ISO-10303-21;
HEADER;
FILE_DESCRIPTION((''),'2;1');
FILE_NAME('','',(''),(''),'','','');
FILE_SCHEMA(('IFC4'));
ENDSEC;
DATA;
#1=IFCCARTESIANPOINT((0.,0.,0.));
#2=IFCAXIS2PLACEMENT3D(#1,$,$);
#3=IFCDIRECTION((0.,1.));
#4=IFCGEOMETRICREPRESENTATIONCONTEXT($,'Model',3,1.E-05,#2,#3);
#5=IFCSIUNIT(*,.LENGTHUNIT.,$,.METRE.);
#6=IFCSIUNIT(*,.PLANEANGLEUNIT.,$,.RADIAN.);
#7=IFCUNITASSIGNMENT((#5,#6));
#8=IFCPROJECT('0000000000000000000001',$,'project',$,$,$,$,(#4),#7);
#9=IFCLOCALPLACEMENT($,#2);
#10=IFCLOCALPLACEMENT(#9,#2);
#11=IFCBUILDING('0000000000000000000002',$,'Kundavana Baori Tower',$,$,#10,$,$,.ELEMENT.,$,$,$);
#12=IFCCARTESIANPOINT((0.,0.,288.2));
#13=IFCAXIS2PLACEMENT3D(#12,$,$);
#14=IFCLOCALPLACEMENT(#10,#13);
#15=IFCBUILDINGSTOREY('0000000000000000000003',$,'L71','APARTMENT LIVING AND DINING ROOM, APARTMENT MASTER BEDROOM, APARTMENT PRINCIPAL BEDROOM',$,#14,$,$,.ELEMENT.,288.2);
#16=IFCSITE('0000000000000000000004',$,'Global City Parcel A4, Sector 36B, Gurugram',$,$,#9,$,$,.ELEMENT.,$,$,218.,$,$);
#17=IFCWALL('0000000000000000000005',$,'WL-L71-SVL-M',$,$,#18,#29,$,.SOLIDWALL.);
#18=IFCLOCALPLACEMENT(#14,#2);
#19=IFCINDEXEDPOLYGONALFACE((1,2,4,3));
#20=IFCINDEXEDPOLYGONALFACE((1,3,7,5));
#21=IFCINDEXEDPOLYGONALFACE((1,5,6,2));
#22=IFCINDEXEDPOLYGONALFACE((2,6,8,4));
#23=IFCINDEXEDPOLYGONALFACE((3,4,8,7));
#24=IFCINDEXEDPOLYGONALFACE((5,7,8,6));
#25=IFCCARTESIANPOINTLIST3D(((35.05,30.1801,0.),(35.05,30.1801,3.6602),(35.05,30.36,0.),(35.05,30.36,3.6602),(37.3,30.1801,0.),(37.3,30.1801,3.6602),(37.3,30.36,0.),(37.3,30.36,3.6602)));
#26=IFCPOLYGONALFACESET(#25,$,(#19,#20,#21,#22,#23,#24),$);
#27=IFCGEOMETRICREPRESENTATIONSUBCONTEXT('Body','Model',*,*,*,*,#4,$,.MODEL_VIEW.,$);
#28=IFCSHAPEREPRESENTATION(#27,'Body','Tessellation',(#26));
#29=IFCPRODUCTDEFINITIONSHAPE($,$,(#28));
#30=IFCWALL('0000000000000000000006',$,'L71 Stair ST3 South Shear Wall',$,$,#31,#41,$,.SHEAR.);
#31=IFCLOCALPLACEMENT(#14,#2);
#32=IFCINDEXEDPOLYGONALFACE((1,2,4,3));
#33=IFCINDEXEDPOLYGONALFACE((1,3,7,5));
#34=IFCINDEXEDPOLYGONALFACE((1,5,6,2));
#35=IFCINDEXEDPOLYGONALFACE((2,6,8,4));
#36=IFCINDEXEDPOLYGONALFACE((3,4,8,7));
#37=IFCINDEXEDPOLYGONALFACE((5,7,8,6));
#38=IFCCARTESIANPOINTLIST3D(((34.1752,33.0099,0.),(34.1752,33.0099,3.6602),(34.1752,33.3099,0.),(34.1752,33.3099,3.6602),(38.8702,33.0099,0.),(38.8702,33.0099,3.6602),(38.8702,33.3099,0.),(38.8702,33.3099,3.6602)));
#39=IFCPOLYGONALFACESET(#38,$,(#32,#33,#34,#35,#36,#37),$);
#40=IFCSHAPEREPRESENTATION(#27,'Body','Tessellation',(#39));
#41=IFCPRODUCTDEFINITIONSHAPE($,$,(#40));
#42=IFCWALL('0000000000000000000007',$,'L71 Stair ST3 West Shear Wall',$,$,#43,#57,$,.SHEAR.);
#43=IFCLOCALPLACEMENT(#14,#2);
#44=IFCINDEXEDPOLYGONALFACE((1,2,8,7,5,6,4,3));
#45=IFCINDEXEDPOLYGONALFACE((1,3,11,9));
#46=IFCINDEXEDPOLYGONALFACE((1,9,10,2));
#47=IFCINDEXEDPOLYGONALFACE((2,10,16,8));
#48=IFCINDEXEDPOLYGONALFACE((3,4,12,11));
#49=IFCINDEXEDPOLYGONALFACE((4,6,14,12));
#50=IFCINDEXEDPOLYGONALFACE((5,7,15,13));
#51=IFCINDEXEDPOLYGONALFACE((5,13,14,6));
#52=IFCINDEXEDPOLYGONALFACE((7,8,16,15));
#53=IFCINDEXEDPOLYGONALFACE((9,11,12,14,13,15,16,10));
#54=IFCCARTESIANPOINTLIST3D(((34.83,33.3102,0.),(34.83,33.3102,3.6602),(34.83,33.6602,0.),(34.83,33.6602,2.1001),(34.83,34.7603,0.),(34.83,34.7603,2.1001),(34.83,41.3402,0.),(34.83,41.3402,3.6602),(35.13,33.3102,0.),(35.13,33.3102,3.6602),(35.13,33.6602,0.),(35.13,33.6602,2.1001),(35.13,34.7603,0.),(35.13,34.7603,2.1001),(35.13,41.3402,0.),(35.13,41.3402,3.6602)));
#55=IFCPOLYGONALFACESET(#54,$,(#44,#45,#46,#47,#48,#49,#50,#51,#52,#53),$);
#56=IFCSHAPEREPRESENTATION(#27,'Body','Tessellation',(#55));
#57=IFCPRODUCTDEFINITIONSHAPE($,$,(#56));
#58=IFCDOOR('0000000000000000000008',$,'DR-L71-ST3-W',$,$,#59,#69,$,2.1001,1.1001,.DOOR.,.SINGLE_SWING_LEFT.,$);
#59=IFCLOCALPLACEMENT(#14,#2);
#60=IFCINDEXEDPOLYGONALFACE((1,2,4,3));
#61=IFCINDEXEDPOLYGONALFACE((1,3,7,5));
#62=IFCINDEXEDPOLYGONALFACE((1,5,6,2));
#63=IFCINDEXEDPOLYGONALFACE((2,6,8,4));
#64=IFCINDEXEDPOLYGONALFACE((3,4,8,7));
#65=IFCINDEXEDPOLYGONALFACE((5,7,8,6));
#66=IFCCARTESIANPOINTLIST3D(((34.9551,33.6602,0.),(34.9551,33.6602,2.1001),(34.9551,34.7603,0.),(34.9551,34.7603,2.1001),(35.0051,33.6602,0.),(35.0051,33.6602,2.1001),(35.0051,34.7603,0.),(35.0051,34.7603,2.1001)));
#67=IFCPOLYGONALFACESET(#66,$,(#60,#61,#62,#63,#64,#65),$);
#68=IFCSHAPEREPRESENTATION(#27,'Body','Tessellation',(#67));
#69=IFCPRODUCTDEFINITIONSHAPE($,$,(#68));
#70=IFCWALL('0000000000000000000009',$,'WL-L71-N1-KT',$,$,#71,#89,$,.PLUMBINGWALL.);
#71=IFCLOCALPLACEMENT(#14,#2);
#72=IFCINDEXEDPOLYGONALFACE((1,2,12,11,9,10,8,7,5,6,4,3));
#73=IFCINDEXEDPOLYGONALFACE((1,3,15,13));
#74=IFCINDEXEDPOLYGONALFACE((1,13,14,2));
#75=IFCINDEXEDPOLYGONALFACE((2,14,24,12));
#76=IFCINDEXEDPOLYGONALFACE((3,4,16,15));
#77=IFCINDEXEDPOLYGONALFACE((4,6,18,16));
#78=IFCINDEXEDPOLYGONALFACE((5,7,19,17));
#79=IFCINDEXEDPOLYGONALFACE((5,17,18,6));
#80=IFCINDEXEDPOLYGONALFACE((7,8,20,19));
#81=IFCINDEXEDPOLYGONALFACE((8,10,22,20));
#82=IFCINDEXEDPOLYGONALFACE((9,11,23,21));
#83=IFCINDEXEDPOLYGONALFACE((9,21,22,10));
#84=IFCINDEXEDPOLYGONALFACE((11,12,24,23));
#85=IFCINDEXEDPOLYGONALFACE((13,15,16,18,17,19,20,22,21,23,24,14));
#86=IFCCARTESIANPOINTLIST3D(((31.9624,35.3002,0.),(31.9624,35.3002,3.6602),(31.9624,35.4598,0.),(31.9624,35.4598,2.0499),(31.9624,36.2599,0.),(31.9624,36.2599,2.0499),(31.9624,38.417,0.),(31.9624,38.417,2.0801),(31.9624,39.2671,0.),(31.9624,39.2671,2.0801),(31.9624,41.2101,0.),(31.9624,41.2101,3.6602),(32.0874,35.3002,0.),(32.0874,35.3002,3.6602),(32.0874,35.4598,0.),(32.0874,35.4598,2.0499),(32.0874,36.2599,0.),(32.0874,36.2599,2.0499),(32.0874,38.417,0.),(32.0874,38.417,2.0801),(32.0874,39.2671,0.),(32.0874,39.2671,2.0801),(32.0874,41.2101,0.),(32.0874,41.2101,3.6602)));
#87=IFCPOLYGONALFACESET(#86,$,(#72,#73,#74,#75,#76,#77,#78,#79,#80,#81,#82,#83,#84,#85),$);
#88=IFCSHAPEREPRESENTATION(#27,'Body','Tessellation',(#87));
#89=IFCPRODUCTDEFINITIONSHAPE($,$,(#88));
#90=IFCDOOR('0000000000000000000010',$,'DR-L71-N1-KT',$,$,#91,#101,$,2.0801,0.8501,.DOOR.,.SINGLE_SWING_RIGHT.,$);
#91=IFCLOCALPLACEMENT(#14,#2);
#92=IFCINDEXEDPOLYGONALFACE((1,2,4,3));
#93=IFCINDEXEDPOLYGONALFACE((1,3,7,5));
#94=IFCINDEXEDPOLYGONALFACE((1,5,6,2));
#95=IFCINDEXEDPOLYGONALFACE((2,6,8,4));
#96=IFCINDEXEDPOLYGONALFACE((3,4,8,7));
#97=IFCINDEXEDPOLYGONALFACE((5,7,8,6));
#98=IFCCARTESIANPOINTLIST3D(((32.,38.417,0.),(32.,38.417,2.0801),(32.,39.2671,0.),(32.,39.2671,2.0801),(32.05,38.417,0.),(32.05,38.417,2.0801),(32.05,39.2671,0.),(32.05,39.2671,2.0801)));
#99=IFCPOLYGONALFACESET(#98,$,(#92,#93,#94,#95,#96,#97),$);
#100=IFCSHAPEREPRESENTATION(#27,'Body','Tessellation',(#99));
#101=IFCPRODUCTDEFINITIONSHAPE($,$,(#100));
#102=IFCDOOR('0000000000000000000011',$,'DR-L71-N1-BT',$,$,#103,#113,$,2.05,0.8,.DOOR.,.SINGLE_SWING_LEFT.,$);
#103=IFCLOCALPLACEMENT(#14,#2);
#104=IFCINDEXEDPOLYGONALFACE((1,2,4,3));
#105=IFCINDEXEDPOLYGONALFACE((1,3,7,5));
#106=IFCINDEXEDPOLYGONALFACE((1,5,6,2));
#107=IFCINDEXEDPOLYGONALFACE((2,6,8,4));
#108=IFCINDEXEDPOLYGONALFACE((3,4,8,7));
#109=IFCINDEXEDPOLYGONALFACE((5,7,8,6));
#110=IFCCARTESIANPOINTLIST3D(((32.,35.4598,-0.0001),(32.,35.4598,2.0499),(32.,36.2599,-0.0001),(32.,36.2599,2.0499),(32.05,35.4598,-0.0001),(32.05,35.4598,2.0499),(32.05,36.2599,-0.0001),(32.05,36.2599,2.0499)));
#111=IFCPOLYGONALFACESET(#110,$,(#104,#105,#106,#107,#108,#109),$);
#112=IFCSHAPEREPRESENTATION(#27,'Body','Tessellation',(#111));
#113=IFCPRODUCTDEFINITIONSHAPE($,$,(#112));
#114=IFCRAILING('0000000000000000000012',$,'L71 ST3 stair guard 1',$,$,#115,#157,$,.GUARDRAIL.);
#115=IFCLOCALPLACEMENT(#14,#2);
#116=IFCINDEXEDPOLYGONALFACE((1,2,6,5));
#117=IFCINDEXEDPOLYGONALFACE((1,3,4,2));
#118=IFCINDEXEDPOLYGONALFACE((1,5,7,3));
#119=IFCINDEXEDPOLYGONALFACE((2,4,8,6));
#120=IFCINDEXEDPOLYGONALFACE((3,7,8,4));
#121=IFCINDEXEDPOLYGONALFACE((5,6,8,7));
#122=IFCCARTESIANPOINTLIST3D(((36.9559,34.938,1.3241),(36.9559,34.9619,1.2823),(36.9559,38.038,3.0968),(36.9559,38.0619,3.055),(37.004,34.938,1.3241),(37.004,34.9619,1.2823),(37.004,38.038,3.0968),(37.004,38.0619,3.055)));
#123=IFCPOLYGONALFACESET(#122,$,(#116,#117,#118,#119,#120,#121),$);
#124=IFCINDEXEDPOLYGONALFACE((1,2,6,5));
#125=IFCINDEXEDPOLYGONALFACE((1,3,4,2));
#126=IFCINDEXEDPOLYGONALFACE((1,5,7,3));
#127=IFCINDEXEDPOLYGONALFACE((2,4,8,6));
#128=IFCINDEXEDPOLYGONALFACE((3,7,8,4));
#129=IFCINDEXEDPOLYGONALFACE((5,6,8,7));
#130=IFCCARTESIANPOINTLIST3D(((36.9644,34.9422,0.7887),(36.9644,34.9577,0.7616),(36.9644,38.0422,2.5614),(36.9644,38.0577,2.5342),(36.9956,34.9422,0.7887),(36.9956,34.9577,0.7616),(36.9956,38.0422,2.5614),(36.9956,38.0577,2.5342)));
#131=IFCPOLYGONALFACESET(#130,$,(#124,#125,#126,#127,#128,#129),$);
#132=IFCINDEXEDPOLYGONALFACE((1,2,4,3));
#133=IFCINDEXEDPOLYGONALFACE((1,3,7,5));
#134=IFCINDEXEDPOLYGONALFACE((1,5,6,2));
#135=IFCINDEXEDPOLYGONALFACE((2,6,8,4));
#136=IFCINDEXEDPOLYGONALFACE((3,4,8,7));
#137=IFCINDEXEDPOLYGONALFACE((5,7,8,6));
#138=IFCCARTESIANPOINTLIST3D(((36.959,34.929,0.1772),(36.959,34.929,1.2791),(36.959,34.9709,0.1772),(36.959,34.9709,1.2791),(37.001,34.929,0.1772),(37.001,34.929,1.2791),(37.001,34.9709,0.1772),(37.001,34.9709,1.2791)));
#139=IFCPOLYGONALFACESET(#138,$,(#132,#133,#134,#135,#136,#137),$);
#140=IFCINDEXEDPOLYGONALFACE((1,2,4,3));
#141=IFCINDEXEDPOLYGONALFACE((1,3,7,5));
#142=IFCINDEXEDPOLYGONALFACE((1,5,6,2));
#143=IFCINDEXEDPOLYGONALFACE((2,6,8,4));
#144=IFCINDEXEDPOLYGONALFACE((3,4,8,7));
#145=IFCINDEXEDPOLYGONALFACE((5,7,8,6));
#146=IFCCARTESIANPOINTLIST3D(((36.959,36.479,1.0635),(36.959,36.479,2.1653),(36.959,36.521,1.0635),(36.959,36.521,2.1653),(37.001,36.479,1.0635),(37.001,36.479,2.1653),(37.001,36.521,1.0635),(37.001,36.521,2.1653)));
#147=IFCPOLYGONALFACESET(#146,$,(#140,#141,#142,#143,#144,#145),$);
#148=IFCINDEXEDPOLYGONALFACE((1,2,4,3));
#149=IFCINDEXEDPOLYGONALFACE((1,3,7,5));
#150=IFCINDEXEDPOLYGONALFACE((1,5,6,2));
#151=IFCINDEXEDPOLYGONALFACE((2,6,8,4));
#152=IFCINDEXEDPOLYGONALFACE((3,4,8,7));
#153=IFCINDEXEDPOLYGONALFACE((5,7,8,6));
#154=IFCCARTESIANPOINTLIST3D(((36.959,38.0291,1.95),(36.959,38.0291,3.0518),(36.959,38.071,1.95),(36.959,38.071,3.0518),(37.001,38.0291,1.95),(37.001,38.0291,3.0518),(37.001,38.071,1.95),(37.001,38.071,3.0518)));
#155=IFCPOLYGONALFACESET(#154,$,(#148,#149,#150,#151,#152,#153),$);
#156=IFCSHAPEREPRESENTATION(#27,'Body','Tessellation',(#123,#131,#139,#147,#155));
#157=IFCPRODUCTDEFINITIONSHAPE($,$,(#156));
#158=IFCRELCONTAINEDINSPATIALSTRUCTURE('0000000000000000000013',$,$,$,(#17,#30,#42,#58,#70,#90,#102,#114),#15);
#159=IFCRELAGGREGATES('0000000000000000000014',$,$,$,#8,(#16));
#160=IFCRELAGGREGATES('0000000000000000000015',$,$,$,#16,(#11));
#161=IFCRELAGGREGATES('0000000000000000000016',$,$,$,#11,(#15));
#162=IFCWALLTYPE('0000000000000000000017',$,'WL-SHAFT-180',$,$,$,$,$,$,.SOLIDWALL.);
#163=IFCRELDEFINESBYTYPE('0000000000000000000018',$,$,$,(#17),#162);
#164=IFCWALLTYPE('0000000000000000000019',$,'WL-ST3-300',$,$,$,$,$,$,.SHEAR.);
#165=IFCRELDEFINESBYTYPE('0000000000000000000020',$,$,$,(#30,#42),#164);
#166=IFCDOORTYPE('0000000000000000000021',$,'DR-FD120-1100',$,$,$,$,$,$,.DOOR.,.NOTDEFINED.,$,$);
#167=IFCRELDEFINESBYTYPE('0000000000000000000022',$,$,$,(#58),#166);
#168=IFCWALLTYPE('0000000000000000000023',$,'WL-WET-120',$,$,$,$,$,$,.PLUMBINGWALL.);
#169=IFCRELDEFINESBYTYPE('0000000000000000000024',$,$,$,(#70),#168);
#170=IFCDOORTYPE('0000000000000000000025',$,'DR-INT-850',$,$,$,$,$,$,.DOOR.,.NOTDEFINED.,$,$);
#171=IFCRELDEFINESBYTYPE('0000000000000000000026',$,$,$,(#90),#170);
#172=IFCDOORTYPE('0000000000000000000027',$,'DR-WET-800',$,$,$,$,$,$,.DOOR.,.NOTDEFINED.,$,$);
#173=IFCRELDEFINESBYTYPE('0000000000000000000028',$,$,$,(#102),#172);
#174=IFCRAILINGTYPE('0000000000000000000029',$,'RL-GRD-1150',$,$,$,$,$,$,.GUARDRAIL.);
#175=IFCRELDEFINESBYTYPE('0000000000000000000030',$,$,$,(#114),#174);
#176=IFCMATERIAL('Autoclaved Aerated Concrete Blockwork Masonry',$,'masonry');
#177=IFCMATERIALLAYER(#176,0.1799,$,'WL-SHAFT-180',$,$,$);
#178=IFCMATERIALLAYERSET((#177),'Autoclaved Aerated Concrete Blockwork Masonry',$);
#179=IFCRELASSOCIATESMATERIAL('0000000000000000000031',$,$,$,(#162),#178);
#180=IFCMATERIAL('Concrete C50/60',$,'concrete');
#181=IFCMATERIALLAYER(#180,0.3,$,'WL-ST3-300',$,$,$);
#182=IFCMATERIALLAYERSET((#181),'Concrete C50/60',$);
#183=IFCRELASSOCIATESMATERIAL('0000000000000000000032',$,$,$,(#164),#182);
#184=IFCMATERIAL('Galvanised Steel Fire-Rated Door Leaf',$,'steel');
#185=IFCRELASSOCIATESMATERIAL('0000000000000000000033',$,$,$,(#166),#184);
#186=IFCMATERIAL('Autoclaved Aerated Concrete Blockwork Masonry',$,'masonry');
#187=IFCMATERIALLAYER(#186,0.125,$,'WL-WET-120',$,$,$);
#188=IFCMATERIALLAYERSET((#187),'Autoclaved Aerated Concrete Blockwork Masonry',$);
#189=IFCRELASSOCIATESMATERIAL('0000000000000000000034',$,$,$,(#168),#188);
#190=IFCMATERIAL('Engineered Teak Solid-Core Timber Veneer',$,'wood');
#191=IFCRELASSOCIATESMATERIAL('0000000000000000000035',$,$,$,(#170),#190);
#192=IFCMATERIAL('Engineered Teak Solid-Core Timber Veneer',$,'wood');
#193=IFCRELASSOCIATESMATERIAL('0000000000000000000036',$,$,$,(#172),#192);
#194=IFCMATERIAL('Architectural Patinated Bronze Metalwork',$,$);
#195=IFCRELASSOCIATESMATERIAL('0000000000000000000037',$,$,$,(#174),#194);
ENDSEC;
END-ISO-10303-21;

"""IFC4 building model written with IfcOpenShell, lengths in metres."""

from ifc_helpers import new_model, si_unit, direction, frame, frame_2d, origin, origin_2d, place, context, subcontext, project, spatial, rectangle, extrude, material, layer, layer_set, type_object, element, fill, save


model = new_model("IFC4")

# Units and contexts
model_context = context("Model", 3, precision=1e-05, world=origin(), true_north=direction((0.0, 1.0)))
body_context = subcontext(model_context, "Body", "Model", "MODEL_VIEW")
ifc_project = project(units=[si_unit("LENGTHUNIT", "METRE"), si_unit("PLANEANGLEUNIT", "RADIAN")], contexts=[model_context])

# Site, building, storey
site_placement = place(None, origin())
site = spatial("IfcSite", under=ifc_project, at=site_placement, Name="Global City Parcel A4, Sector 36B, Gurugram", CompositionType="ELEMENT", RefElevation=218.0)
building_placement = place(site_placement, origin())
building = spatial("IfcBuilding", under=site, at=building_placement, Name="Kundavana Baori Tower", CompositionType="ELEMENT")
storey_placement = place(building_placement, frame((0.0, 0.0, 288.2)))
storey = spatial("IfcBuildingStorey", under=building, at=storey_placement, Name="L71", Description="APARTMENT LIVING AND DINING ROOM, APARTMENT MASTER BEDROOM, APARTMENT PRINCIPAL BEDROOM", CompositionType="ELEMENT", Elevation=288.2)

# Walls
ifc_material_1 = material(Name="Autoclaved Aerated Concrete Blockwork Masonry", Category="masonry")
ifc_layer_1 = layer(ifc_material_1, 0.1799, Name="WL-SHAFT-180")
ifc_layer_set_1 = layer_set([ifc_layer_1], Name="Autoclaved Aerated Concrete Blockwork Masonry")
wall_type_1 = type_object("IfcWallType", Name="WL-SHAFT-180", PredefinedType="SOLIDWALL", material=ifc_layer_set_1)
for number, where, z_axis, x_axis, name in (
    (1, (35.05, 30.27, 0.0), (0.0, 0.0, 1.0), (1.0, 0.0, 0.0), "WL-L71-SVL-M"),
):
    element("IfcWall", number, at=place(storey_placement, frame(where, z_axis=z_axis, x_axis=x_axis)), inside=storey, type_object=wall_type_1, Name=name, PredefinedType="SOLIDWALL", context=body_context, shape_type="SweptSolid", body=[
        extrude(rectangle(XDim=2.25, YDim=0.1799, at=frame_2d((1.125, 0.0))), origin(), (0.0, 0.0, 1.0), 3.6602),
    ])
ifc_material_2 = material(Name="Concrete C50/60", Category="concrete")
ifc_layer_2 = layer(ifc_material_2, 0.3, Name="WL-ST3-300")
ifc_layer_set_2 = layer_set([ifc_layer_2], Name="Concrete C50/60")
wall_type_2 = type_object("IfcWallType", Name="WL-ST3-300", PredefinedType="SHEAR", material=ifc_layer_set_2)
wall_1_placement = place(storey_placement, frame((34.175, 33.1599, 0.0), z_axis=(0.0, 0.0, 1.0), x_axis=(1.0, 0.0, 0.0)))
element("IfcWall", 2, at=wall_1_placement, inside=storey, type_object=wall_type_2, Name="L71 Stair ST3 South Shear Wall", PredefinedType="SHEAR", context=body_context, shape_type="SweptSolid", body=[
    extrude(rectangle(XDim=4.6951, YDim=0.3, at=frame_2d((2.3477, 0.0))), origin(), (0.0, 0.0, 1.0), 3.6602),
])

# Wall, opening, door
wall_2_placement = place(storey_placement, frame((34.98, 33.3101, 0.0), z_axis=(0.0, 0.0, 1.0), x_axis=(0.0, 1.0, 0.0)))
wall_2 = element("IfcWall", 3, at=wall_2_placement, inside=storey, type_object=wall_type_2, Name="L71 Stair ST3 West Shear Wall", PredefinedType="SHEAR", context=body_context, shape_type="SweptSolid", body=[
    extrude(rectangle(XDim=8.03, YDim=0.3, at=frame_2d((4.0151, 0.0))), origin(), (0.0, 0.0, 1.0), 3.6602),
])
opening_1_placement = place(wall_2_placement, frame((0.3501, 0.0, 0.0)))
opening_1 = element("IfcOpeningElement", 4, at=opening_1_placement, cuts=wall_2, PredefinedType="OPENING", context=body_context, shape_type="SweptSolid", body=[
    extrude(rectangle(XDim=1.1001, YDim=2.1001, at=frame_2d((0.55, 1.05))), frame((0.0, 0.1602, 0.0), z_axis=(0.0, -1.0, 0.0), x_axis=(1.0, 0.0, 0.0)), (0.0, 0.0, 1.0), 0.3201),
])
ifc_material_3 = material(Name="Galvanised Steel Fire-Rated Door Leaf", Category="steel")
door_type_1 = type_object("IfcDoorType", Name="DR-FD120-1100", OperationType="NOTDEFINED", PredefinedType="DOOR", material=ifc_material_3)
door_1_placement = place(opening_1_placement, origin())
door_1 = element("IfcDoor", 5, at=door_1_placement, inside=storey, type_object=door_type_1, Name="DR-L71-ST3-W", OperationType="SINGLE_SWING_LEFT", OverallHeight=2.1001, OverallWidth=1.1001, PredefinedType="DOOR", context=body_context, shape_type="SweptSolid", body=[
    extrude(rectangle(XDim=1.1001, YDim=2.1001, at=frame_2d((0.55, 1.05))), frame((0.0, 0.0249, 0.0), z_axis=(0.0, -1.0, 0.0), x_axis=(1.0, 0.0, 0.0)), (0.0, 0.0, 1.0), 0.05),
])
fill(opening_1, door_1)

# Wall, openings, doors
ifc_material_4 = material(Name="Autoclaved Aerated Concrete Blockwork Masonry", Category="masonry")
ifc_layer_3 = layer(ifc_material_4, 0.125, Name="WL-WET-120")
ifc_layer_set_3 = layer_set([ifc_layer_3], Name="Autoclaved Aerated Concrete Blockwork Masonry")
wall_type_3 = type_object("IfcWallType", Name="WL-WET-120", PredefinedType="PLUMBINGWALL", material=ifc_layer_set_3)
wall_3_placement = place(storey_placement, frame((32.0249, 35.3, 0.0), z_axis=(0.0, 0.0, 1.0), x_axis=(0.0, 1.0, 0.0)))
wall_3 = element("IfcWall", 6, at=wall_3_placement, inside=storey, type_object=wall_type_3, Name="WL-L71-N1-KT", PredefinedType="PLUMBINGWALL", context=body_context, shape_type="SweptSolid", body=[
    extrude(rectangle(XDim=5.9099, YDim=0.125, at=frame_2d((2.9551, 0.0))), origin(), (0.0, 0.0, 1.0), 3.6602),
])
opening_2_placement = place(wall_3_placement, frame((0.1599, 0.0, 0.0)))
opening_2 = element("IfcOpeningElement", 7, at=opening_2_placement, cuts=wall_3, PredefinedType="OPENING", context=body_context, shape_type="SweptSolid", body=[
    extrude(rectangle(XDim=0.8, YDim=2.05, at=frame_2d((0.3999, 1.0249))), frame((0.0, 0.0725, 0.0), z_axis=(0.0, -1.0, 0.0), x_axis=(1.0, 0.0, 0.0)), (0.0, 0.0, 1.0), 0.145),
])
opening_3_placement = place(wall_3_placement, frame((3.1169, 0.0, 0.0)))
opening_3 = element("IfcOpeningElement", 8, at=opening_3_placement, cuts=wall_3, PredefinedType="OPENING", context=body_context, shape_type="SweptSolid", body=[
    extrude(rectangle(XDim=0.8501, YDim=2.0801, at=frame_2d((0.425, 1.04))), frame((0.0, 0.0725, 0.0), z_axis=(0.0, -1.0, 0.0), x_axis=(1.0, 0.0, 0.0)), (0.0, 0.0, 1.0), 0.145),
])
ifc_material_5 = material(Name="Engineered Teak Solid-Core Timber Veneer", Category="wood")
door_type_2 = type_object("IfcDoorType", Name="DR-INT-850", OperationType="NOTDEFINED", PredefinedType="DOOR", material=ifc_material_5)
door_2_placement = place(opening_3_placement, origin())
door_2 = element("IfcDoor", 9, at=door_2_placement, inside=storey, type_object=door_type_2, Name="DR-L71-N1-KT", OperationType="SINGLE_SWING_RIGHT", OverallHeight=2.0801, OverallWidth=0.8501, PredefinedType="DOOR", context=body_context, shape_type="SweptSolid", body=[
    extrude(rectangle(XDim=0.8501, YDim=2.0801, at=frame_2d((0.425, 1.04))), frame((0.0, 0.0249, 0.0), z_axis=(0.0, -1.0, 0.0), x_axis=(1.0, 0.0, 0.0)), (0.0, 0.0, 1.0), 0.05),
])
fill(opening_3, door_2)
ifc_material_6 = material(Name="Engineered Teak Solid-Core Timber Veneer", Category="wood")
door_type_3 = type_object("IfcDoorType", Name="DR-WET-800", OperationType="NOTDEFINED", PredefinedType="DOOR", material=ifc_material_6)
door_3_placement = place(opening_2_placement, origin())
door_3 = element("IfcDoor", 10, at=door_3_placement, inside=storey, type_object=door_type_3, Name="DR-L71-N1-BT", OperationType="SINGLE_SWING_LEFT", OverallHeight=2.05, OverallWidth=0.8, PredefinedType="DOOR", context=body_context, shape_type="SweptSolid", body=[
    extrude(rectangle(XDim=0.8, YDim=2.05, at=frame_2d((0.3999, 1.0249))), frame((0.0, 0.0249, 0.0), z_axis=(0.0, -1.0, 0.0), x_axis=(1.0, 0.0, 0.0)), (0.0, 0.0, 1.0), 0.05),
])
fill(opening_2, door_3)

# Railing
ifc_material_7 = material(Name="Architectural Patinated Bronze Metalwork")
railing_type = type_object("IfcRailingType", Name="RL-GRD-1150", PredefinedType="GUARDRAIL", material=ifc_material_7)
railing_1_placement = place(storey_placement, frame((36.98, 34.95, 0.1772)))
element("IfcRailing", 11, at=railing_1_placement, inside=storey, type_object=railing_type, Name="L71 ST3 stair guard 1", PredefinedType="GUARDRAIL", context=body_context, shape_type="SweptSolid", body=[
    extrude(rectangle(XDim=0.0481, YDim=0.0481, at=origin_2d()), frame((0.0, 0.0, 1.126), z_axis=(0.0, 0.868096, 0.496397), x_axis=(-1.0, 0.0, 0.0)), (0.0, 0.0, 1.0), 3.571),
    extrude(rectangle(XDim=0.0312, YDim=0.0312, at=origin_2d()), frame((0.0, 0.0, 0.5979), z_axis=(0.0, 0.868096, 0.496397), x_axis=(-1.0, 0.0, 0.0)), (0.0, 0.0, 1.0), 3.571),
    extrude(rectangle(XDim=0.042, YDim=0.042, at=origin_2d()), origin(), (0.0, 0.0, 1.0), 1.1018),
    extrude(rectangle(XDim=0.042, YDim=0.042, at=origin_2d()), frame((0.0, 1.55, 0.8862)), (0.0, 0.0, 1.0), 1.1018),
    extrude(rectangle(XDim=0.042, YDim=0.042, at=origin_2d()), frame((0.0, 3.1001, 1.7727)), (0.0, 0.0, 1.0), 1.1018),
])

save(model, "model.ifc")
